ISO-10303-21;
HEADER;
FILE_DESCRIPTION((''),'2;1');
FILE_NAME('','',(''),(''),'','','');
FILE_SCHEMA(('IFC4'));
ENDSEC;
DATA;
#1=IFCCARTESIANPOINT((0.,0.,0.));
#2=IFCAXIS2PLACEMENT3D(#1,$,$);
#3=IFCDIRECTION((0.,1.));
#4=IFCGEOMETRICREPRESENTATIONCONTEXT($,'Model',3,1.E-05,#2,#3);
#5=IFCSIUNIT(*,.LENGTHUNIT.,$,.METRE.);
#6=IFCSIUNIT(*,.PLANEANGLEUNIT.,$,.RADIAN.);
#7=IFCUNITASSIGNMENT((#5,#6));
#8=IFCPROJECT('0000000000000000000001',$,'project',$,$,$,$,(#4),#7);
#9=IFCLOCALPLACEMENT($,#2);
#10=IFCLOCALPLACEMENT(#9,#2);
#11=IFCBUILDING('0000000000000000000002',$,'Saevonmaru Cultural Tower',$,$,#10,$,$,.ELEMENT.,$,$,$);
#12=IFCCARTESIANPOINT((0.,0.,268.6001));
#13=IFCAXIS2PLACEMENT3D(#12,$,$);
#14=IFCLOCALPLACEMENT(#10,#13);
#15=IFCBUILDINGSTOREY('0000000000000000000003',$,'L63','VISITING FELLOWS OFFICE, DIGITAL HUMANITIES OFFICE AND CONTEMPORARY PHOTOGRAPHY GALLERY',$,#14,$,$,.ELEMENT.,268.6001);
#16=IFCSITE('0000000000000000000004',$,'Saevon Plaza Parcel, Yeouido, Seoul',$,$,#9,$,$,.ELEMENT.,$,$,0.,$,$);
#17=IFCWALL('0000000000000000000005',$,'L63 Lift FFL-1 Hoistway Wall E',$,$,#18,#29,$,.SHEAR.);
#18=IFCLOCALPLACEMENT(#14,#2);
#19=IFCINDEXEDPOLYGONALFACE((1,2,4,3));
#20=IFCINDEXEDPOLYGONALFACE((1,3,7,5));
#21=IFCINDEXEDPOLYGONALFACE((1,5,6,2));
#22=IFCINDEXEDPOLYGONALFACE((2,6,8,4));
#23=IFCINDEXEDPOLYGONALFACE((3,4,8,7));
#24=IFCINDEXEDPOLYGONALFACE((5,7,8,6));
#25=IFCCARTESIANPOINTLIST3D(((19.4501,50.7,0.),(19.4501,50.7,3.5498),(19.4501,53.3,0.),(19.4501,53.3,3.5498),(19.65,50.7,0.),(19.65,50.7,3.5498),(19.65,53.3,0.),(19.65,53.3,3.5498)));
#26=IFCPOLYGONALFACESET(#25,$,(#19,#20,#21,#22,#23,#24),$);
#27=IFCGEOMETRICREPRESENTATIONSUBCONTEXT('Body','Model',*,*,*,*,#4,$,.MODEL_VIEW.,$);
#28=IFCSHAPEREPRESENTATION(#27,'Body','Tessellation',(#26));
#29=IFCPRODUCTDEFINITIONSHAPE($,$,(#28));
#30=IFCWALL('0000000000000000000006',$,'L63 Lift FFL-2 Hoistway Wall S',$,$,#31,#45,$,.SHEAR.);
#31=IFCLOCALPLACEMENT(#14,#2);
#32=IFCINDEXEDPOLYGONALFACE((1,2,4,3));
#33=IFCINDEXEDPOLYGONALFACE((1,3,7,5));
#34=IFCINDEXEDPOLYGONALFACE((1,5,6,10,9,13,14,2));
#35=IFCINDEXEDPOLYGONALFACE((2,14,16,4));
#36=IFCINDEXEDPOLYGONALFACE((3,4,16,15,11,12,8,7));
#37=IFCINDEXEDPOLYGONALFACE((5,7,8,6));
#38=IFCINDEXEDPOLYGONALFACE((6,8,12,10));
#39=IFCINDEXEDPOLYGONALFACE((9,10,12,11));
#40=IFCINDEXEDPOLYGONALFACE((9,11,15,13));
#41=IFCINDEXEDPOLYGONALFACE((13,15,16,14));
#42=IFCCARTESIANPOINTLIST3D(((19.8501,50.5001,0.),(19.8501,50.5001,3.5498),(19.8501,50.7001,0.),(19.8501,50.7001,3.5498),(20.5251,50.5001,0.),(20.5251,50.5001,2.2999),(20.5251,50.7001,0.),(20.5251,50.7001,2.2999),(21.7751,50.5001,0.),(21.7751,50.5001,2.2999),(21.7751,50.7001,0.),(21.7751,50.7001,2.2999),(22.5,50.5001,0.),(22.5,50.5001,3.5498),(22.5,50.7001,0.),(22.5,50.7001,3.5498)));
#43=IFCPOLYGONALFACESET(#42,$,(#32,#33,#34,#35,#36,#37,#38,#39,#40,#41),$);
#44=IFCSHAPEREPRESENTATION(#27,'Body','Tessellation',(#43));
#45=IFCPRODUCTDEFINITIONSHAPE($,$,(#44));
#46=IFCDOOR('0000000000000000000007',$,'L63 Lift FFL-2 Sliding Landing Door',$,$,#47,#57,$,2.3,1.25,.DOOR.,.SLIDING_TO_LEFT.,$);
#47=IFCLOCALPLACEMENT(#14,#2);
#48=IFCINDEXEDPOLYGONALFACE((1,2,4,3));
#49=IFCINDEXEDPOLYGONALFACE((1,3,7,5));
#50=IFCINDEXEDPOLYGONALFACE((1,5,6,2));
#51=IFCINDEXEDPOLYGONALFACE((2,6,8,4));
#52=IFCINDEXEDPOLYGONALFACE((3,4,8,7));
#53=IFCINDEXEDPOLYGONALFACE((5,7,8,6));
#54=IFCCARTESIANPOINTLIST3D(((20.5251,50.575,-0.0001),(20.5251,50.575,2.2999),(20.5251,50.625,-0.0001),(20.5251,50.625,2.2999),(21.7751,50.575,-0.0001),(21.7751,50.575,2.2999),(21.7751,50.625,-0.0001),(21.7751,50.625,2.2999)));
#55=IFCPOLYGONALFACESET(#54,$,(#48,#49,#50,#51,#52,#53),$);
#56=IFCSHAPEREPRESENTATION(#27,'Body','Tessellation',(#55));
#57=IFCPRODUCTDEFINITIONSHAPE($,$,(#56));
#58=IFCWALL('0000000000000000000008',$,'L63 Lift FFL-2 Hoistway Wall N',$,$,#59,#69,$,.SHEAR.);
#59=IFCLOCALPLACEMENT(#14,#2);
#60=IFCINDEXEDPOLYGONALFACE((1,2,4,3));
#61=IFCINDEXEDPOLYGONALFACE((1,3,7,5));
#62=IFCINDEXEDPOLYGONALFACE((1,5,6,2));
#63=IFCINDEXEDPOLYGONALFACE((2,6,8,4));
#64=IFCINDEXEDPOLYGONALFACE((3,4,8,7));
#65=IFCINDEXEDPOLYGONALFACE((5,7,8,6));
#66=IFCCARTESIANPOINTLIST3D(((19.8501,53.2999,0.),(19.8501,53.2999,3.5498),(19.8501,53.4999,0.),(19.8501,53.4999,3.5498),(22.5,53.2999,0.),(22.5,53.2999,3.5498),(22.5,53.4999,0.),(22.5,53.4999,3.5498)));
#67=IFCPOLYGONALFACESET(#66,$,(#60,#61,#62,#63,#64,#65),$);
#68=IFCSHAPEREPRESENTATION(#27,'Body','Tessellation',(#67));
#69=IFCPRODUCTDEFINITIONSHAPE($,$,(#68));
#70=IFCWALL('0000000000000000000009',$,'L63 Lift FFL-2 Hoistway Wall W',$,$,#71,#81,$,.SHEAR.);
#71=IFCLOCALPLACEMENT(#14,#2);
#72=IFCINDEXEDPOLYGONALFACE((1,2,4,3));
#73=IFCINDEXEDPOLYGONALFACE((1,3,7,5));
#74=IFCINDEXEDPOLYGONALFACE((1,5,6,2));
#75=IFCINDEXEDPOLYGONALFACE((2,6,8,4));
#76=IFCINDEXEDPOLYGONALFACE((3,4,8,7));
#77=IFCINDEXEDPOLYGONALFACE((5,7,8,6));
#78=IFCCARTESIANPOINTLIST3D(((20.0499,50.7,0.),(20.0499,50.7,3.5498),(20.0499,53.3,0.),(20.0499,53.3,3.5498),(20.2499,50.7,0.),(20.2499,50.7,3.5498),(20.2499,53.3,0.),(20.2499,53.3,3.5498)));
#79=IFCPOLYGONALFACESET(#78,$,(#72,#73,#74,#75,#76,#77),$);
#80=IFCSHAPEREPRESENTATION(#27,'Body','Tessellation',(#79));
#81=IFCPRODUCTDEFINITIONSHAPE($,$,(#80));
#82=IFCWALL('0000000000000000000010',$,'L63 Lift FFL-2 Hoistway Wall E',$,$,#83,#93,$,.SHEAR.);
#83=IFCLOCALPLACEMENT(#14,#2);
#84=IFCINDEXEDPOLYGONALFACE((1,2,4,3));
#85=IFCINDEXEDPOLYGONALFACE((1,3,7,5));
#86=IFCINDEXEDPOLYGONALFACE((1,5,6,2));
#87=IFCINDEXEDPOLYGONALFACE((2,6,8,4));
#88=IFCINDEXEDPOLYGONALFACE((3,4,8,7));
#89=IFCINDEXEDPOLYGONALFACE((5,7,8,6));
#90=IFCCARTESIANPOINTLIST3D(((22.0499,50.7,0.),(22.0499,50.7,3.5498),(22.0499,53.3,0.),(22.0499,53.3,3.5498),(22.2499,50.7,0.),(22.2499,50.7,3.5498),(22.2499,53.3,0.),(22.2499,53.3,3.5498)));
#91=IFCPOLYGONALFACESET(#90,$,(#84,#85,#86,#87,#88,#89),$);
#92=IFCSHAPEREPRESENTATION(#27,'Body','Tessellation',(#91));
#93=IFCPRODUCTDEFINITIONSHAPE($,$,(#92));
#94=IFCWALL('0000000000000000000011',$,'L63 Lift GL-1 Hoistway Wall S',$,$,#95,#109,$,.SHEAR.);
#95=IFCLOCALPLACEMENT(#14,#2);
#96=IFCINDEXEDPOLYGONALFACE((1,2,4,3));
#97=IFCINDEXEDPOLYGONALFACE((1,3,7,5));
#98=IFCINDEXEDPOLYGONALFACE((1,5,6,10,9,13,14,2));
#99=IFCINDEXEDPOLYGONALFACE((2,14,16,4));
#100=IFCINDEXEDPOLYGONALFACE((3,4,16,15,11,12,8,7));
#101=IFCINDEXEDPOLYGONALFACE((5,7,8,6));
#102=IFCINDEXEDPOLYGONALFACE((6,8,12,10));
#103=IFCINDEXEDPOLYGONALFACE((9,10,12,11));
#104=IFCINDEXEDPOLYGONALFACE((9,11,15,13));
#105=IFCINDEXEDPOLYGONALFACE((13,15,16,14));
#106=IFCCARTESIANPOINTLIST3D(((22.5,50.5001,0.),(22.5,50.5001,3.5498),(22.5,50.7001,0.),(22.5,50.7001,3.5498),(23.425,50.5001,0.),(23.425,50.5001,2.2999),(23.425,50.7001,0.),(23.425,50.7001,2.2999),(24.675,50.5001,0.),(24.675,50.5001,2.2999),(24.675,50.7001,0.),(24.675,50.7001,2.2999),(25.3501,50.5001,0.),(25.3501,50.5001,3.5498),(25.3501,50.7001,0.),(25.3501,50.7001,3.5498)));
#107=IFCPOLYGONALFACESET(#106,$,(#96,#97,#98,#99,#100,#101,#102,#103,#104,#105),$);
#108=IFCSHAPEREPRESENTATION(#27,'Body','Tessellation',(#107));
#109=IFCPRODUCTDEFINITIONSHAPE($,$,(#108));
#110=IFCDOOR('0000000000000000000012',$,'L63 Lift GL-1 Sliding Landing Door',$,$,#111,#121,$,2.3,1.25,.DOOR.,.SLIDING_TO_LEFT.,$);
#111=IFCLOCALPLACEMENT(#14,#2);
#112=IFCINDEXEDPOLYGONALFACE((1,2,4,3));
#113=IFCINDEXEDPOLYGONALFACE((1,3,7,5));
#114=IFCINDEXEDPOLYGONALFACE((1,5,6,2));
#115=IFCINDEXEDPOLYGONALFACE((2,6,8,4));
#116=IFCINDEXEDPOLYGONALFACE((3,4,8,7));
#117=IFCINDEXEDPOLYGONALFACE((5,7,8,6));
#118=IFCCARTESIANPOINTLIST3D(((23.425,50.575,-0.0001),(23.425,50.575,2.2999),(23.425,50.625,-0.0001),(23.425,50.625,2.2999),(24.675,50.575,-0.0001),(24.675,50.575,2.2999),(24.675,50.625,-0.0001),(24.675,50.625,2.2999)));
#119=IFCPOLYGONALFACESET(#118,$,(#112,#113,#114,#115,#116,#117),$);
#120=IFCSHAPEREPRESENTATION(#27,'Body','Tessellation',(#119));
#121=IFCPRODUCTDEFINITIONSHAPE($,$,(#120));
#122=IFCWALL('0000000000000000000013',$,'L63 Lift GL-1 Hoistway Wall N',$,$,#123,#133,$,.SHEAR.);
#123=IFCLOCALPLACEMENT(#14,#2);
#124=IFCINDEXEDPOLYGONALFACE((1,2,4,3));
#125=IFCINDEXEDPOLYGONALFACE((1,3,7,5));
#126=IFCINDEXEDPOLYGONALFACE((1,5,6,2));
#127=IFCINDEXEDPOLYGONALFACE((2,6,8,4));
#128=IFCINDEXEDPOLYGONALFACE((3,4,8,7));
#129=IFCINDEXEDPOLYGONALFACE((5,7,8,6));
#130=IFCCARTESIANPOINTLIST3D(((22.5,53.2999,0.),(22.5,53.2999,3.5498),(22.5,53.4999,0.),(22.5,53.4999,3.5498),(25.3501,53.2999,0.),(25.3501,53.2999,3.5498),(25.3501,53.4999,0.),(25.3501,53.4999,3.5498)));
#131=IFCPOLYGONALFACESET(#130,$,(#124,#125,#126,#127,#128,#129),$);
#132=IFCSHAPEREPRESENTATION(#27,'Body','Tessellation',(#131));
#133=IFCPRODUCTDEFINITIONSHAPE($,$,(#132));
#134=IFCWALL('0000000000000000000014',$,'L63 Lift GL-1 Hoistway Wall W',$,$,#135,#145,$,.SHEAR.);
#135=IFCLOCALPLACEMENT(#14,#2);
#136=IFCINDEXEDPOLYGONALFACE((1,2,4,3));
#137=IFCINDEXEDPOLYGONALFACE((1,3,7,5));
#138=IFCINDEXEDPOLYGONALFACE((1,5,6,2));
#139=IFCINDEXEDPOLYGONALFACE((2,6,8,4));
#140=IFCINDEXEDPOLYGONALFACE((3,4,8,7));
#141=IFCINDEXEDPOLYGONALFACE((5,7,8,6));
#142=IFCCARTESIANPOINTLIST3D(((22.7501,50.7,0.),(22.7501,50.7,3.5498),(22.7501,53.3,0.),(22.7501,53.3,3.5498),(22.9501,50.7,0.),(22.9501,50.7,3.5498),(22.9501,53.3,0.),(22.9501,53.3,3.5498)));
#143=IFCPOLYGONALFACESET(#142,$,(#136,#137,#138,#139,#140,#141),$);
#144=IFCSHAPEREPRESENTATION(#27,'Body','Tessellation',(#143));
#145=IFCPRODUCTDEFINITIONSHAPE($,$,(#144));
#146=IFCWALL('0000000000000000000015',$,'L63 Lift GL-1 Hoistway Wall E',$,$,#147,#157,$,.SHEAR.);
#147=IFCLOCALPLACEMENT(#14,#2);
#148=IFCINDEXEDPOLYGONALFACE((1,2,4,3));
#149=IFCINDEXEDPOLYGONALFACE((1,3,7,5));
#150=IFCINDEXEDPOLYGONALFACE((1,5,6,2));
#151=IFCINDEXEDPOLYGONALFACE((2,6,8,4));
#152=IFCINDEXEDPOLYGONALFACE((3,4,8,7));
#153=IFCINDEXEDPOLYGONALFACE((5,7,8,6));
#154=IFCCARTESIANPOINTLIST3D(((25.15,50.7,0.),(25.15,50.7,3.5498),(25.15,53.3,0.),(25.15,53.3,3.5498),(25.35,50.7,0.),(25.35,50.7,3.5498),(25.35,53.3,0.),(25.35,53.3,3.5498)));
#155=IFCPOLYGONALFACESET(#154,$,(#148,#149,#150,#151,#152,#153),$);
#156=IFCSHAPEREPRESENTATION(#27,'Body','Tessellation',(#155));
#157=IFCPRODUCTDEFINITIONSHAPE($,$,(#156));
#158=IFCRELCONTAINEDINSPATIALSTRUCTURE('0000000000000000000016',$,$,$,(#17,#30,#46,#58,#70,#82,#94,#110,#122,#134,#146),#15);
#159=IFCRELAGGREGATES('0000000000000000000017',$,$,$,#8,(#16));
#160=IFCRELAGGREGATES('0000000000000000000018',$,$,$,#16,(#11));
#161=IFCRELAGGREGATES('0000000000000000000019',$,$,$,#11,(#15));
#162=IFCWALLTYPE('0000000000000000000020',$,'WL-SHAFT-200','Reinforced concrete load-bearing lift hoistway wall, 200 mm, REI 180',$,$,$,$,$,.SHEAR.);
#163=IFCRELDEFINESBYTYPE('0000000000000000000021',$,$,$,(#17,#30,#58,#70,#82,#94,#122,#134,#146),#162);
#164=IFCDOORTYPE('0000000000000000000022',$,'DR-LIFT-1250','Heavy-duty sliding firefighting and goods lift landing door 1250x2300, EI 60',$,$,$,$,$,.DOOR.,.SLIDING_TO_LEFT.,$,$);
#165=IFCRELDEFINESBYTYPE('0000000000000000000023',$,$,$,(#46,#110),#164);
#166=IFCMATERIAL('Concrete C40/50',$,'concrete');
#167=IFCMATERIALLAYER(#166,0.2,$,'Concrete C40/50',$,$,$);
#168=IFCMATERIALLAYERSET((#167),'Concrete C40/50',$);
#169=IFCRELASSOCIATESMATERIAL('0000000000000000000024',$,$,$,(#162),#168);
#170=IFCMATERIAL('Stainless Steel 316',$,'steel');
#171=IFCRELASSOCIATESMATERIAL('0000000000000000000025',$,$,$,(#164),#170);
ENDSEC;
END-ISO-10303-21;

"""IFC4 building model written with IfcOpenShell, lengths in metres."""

from ifc_helpers import new_model, si_unit, direction, frame, frame_2d, origin, place, context, subcontext, project, spatial, rectangle, extrude, material, layer, layer_set, type_object, element, fill, save


model = new_model("IFC4")

# Units and contexts
model_context = context("Model", 3, precision=1e-05, world=origin(), true_north=direction((0.0, 1.0)))
body_context = subcontext(model_context, "Body", "Model", "MODEL_VIEW")
ifc_project = project(units=[si_unit("LENGTHUNIT", "METRE"), si_unit("PLANEANGLEUNIT", "RADIAN")], contexts=[model_context])

# Site, building, storey
site_placement = place(None, origin())
site = spatial("IfcSite", under=ifc_project, at=site_placement, Name="Saevon Plaza Parcel, Yeouido, Seoul", CompositionType="ELEMENT", RefElevation=0.0)
building_placement = place(site_placement, origin())
building = spatial("IfcBuilding", under=site, at=building_placement, Name="Saevonmaru Cultural Tower", CompositionType="ELEMENT")
storey_placement = place(building_placement, frame((0.0, 0.0, 268.6001)))
storey = spatial("IfcBuildingStorey", under=building, at=storey_placement, Name="L63", Description="VISITING FELLOWS OFFICE, DIGITAL HUMANITIES OFFICE AND CONTEMPORARY PHOTOGRAPHY GALLERY", CompositionType="ELEMENT", Elevation=268.6001)

# Wall
ifc_material_1 = material(Name="Concrete C40/50", Category="concrete")
ifc_layer_1 = layer(ifc_material_1, 0.2, Name="Concrete C40/50")
ifc_layer_set_1 = layer_set([ifc_layer_1], Name="Concrete C40/50")
wall_type_1 = type_object("IfcWallType", Name="WL-SHAFT-200", Description="Reinforced concrete load-bearing lift hoistway wall, 200 mm, REI 180", PredefinedType="SHEAR", material=ifc_layer_set_1)
wall_1_placement = place(storey_placement, frame((19.55, 50.7, 0.0), z_axis=(0.0, 0.0, 1.0), x_axis=(0.0, 1.0, 0.0)))
element("IfcWall", 1, at=wall_1_placement, inside=storey, type_object=wall_type_1, Name="L63 Lift FFL-1 Hoistway Wall E", PredefinedType="SHEAR", context=body_context, shape_type="SweptSolid", body=[
    extrude(rectangle(XDim=2.6001, YDim=0.2, at=frame_2d((1.3, 0.0))), origin(), (0.0, 0.0, 1.0), 3.5498),
])

# Wall, opening, door
wall_2_placement = place(storey_placement, frame((19.8501, 50.6001, 0.0), z_axis=(0.0, 0.0, 1.0), x_axis=(1.0, 0.0, 0.0)))
wall_2 = element("IfcWall", 2, at=wall_2_placement, inside=storey, type_object=wall_type_1, Name="L63 Lift FFL-2 Hoistway Wall S", PredefinedType="SHEAR", context=body_context, shape_type="SweptSolid", body=[
    extrude(rectangle(XDim=2.6499, YDim=0.2, at=frame_2d((1.325, 0.0))), origin(), (0.0, 0.0, 1.0), 3.5498),
])
opening_1_placement = place(wall_2_placement, frame((0.675, 0.0, 0.0)))
opening_1 = element("IfcOpeningElement", 3, at=opening_1_placement, cuts=wall_2, PredefinedType="OPENING", context=body_context, shape_type="SweptSolid", body=[
    extrude(rectangle(XDim=1.25, YDim=2.3, at=frame_2d((0.625, 1.1499))), frame((0.0, 0.1099, 0.0), z_axis=(0.0, -1.0, 0.0), x_axis=(1.0, 0.0, 0.0)), (0.0, 0.0, 1.0), 0.22),
])
ifc_material_2 = material(Name="Stainless Steel 316", Category="steel")
door_type_1 = type_object("IfcDoorType", Name="DR-LIFT-1250", Description="Heavy-duty sliding firefighting and goods lift landing door 1250x2300, EI 60", OperationType="SLIDING_TO_LEFT", PredefinedType="DOOR", material=ifc_material_2)
door_1_placement = place(opening_1_placement, origin())
door_1 = element("IfcDoor", 4, at=door_1_placement, inside=storey, type_object=door_type_1, Name="L63 Lift FFL-2 Sliding Landing Door", OperationType="SLIDING_TO_LEFT", OverallHeight=2.3, OverallWidth=1.25, PredefinedType="DOOR", context=body_context, shape_type="SweptSolid", body=[
    extrude(rectangle(XDim=1.25, YDim=2.3, at=frame_2d((0.625, 1.1499))), frame((0.0, 0.0249, 0.0), z_axis=(0.0, -1.0, 0.0), x_axis=(1.0, 0.0, 0.0)), (0.0, 0.0, 1.0), 0.05),
])
fill(opening_1, door_1)

# Walls
wall_3_placement = place(storey_placement, frame((19.8501, 53.3999, 0.0), z_axis=(0.0, 0.0, 1.0), x_axis=(1.0, 0.0, 0.0)))
element("IfcWall", 5, at=wall_3_placement, inside=storey, type_object=wall_type_1, Name="L63 Lift FFL-2 Hoistway Wall N", PredefinedType="SHEAR", context=body_context, shape_type="SweptSolid", body=[
    extrude(rectangle(XDim=2.6499, YDim=0.2, at=frame_2d((1.325, 0.0))), origin(), (0.0, 0.0, 1.0), 3.5498),
])
for number, where, z_axis, x_axis, name in (
    (6, (20.1499, 50.7, 0.0), (0.0, 0.0, 1.0), (0.0, 1.0, 0.0), "L63 Lift FFL-2 Hoistway Wall W"),
    (7, (22.1499, 50.7, 0.0), (0.0, 0.0, 1.0), (0.0, 1.0, 0.0), "L63 Lift FFL-2 Hoistway Wall E"),
):
    element("IfcWall", number, at=place(storey_placement, frame(where, z_axis=z_axis, x_axis=x_axis)), inside=storey, type_object=wall_type_1, Name=name, PredefinedType="SHEAR", context=body_context, shape_type="SweptSolid", body=[
        extrude(rectangle(XDim=2.6001, YDim=0.2, at=frame_2d((1.3, 0.0))), origin(), (0.0, 0.0, 1.0), 3.5498),
    ])

# Wall, opening, door
wall_4_placement = place(storey_placement, frame((22.5, 50.6001, 0.0), z_axis=(0.0, 0.0, 1.0), x_axis=(1.0, 0.0, 0.0)))
wall_4 = element("IfcWall", 8, at=wall_4_placement, inside=storey, type_object=wall_type_1, Name="L63 Lift GL-1 Hoistway Wall S", PredefinedType="SHEAR", context=body_context, shape_type="SweptSolid", body=[
    extrude(rectangle(XDim=2.8501, YDim=0.2, at=frame_2d((1.425, 0.0))), origin(), (0.0, 0.0, 1.0), 3.5498),
])
opening_2_placement = place(wall_4_placement, frame((0.925, 0.0, 0.0)))
opening_2 = element("IfcOpeningElement", 9, at=opening_2_placement, cuts=wall_4, PredefinedType="OPENING", context=body_context, shape_type="SweptSolid", body=[
    extrude(rectangle(XDim=1.25, YDim=2.3, at=frame_2d((0.625, 1.1499))), frame((0.0, 0.1099, 0.0), z_axis=(0.0, -1.0, 0.0), x_axis=(1.0, 0.0, 0.0)), (0.0, 0.0, 1.0), 0.22),
])
door_2_placement = place(opening_2_placement, origin())
door_2 = element("IfcDoor", 10, at=door_2_placement, inside=storey, type_object=door_type_1, Name="L63 Lift GL-1 Sliding Landing Door", OperationType="SLIDING_TO_LEFT", OverallHeight=2.3, OverallWidth=1.25, PredefinedType="DOOR", context=body_context, shape_type="SweptSolid", body=[
    extrude(rectangle(XDim=1.25, YDim=2.3, at=frame_2d((0.625, 1.1499))), frame((0.0, 0.0249, 0.0), z_axis=(0.0, -1.0, 0.0), x_axis=(1.0, 0.0, 0.0)), (0.0, 0.0, 1.0), 0.05),
])
fill(opening_2, door_2)

# Walls
wall_5_placement = place(storey_placement, frame((22.5, 53.3999, 0.0), z_axis=(0.0, 0.0, 1.0), x_axis=(1.0, 0.0, 0.0)))
element("IfcWall", 11, at=wall_5_placement, inside=storey, type_object=wall_type_1, Name="L63 Lift GL-1 Hoistway Wall N", PredefinedType="SHEAR", context=body_context, shape_type="SweptSolid", body=[
    extrude(rectangle(XDim=2.8501, YDim=0.2, at=frame_2d((1.425, 0.0))), origin(), (0.0, 0.0, 1.0), 3.5498),
])
for number, where, z_axis, x_axis, name in (
    (12, (22.8501, 50.7, 0.0), (0.0, 0.0, 1.0), (0.0, 1.0, 0.0), "L63 Lift GL-1 Hoistway Wall W"),
    (13, (25.25, 50.7, 0.0), (0.0, 0.0, 1.0), (0.0, 1.0, 0.0), "L63 Lift GL-1 Hoistway Wall E"),
):
    element("IfcWall", number, at=place(storey_placement, frame(where, z_axis=z_axis, x_axis=x_axis)), inside=storey, type_object=wall_type_1, Name=name, PredefinedType="SHEAR", context=body_context, shape_type="SweptSolid", body=[
        extrude(rectangle(XDim=2.6001, YDim=0.2, at=frame_2d((1.3, 0.0))), origin(), (0.0, 0.0, 1.0), 3.5498),
    ])

save(model, "model.ifc")
